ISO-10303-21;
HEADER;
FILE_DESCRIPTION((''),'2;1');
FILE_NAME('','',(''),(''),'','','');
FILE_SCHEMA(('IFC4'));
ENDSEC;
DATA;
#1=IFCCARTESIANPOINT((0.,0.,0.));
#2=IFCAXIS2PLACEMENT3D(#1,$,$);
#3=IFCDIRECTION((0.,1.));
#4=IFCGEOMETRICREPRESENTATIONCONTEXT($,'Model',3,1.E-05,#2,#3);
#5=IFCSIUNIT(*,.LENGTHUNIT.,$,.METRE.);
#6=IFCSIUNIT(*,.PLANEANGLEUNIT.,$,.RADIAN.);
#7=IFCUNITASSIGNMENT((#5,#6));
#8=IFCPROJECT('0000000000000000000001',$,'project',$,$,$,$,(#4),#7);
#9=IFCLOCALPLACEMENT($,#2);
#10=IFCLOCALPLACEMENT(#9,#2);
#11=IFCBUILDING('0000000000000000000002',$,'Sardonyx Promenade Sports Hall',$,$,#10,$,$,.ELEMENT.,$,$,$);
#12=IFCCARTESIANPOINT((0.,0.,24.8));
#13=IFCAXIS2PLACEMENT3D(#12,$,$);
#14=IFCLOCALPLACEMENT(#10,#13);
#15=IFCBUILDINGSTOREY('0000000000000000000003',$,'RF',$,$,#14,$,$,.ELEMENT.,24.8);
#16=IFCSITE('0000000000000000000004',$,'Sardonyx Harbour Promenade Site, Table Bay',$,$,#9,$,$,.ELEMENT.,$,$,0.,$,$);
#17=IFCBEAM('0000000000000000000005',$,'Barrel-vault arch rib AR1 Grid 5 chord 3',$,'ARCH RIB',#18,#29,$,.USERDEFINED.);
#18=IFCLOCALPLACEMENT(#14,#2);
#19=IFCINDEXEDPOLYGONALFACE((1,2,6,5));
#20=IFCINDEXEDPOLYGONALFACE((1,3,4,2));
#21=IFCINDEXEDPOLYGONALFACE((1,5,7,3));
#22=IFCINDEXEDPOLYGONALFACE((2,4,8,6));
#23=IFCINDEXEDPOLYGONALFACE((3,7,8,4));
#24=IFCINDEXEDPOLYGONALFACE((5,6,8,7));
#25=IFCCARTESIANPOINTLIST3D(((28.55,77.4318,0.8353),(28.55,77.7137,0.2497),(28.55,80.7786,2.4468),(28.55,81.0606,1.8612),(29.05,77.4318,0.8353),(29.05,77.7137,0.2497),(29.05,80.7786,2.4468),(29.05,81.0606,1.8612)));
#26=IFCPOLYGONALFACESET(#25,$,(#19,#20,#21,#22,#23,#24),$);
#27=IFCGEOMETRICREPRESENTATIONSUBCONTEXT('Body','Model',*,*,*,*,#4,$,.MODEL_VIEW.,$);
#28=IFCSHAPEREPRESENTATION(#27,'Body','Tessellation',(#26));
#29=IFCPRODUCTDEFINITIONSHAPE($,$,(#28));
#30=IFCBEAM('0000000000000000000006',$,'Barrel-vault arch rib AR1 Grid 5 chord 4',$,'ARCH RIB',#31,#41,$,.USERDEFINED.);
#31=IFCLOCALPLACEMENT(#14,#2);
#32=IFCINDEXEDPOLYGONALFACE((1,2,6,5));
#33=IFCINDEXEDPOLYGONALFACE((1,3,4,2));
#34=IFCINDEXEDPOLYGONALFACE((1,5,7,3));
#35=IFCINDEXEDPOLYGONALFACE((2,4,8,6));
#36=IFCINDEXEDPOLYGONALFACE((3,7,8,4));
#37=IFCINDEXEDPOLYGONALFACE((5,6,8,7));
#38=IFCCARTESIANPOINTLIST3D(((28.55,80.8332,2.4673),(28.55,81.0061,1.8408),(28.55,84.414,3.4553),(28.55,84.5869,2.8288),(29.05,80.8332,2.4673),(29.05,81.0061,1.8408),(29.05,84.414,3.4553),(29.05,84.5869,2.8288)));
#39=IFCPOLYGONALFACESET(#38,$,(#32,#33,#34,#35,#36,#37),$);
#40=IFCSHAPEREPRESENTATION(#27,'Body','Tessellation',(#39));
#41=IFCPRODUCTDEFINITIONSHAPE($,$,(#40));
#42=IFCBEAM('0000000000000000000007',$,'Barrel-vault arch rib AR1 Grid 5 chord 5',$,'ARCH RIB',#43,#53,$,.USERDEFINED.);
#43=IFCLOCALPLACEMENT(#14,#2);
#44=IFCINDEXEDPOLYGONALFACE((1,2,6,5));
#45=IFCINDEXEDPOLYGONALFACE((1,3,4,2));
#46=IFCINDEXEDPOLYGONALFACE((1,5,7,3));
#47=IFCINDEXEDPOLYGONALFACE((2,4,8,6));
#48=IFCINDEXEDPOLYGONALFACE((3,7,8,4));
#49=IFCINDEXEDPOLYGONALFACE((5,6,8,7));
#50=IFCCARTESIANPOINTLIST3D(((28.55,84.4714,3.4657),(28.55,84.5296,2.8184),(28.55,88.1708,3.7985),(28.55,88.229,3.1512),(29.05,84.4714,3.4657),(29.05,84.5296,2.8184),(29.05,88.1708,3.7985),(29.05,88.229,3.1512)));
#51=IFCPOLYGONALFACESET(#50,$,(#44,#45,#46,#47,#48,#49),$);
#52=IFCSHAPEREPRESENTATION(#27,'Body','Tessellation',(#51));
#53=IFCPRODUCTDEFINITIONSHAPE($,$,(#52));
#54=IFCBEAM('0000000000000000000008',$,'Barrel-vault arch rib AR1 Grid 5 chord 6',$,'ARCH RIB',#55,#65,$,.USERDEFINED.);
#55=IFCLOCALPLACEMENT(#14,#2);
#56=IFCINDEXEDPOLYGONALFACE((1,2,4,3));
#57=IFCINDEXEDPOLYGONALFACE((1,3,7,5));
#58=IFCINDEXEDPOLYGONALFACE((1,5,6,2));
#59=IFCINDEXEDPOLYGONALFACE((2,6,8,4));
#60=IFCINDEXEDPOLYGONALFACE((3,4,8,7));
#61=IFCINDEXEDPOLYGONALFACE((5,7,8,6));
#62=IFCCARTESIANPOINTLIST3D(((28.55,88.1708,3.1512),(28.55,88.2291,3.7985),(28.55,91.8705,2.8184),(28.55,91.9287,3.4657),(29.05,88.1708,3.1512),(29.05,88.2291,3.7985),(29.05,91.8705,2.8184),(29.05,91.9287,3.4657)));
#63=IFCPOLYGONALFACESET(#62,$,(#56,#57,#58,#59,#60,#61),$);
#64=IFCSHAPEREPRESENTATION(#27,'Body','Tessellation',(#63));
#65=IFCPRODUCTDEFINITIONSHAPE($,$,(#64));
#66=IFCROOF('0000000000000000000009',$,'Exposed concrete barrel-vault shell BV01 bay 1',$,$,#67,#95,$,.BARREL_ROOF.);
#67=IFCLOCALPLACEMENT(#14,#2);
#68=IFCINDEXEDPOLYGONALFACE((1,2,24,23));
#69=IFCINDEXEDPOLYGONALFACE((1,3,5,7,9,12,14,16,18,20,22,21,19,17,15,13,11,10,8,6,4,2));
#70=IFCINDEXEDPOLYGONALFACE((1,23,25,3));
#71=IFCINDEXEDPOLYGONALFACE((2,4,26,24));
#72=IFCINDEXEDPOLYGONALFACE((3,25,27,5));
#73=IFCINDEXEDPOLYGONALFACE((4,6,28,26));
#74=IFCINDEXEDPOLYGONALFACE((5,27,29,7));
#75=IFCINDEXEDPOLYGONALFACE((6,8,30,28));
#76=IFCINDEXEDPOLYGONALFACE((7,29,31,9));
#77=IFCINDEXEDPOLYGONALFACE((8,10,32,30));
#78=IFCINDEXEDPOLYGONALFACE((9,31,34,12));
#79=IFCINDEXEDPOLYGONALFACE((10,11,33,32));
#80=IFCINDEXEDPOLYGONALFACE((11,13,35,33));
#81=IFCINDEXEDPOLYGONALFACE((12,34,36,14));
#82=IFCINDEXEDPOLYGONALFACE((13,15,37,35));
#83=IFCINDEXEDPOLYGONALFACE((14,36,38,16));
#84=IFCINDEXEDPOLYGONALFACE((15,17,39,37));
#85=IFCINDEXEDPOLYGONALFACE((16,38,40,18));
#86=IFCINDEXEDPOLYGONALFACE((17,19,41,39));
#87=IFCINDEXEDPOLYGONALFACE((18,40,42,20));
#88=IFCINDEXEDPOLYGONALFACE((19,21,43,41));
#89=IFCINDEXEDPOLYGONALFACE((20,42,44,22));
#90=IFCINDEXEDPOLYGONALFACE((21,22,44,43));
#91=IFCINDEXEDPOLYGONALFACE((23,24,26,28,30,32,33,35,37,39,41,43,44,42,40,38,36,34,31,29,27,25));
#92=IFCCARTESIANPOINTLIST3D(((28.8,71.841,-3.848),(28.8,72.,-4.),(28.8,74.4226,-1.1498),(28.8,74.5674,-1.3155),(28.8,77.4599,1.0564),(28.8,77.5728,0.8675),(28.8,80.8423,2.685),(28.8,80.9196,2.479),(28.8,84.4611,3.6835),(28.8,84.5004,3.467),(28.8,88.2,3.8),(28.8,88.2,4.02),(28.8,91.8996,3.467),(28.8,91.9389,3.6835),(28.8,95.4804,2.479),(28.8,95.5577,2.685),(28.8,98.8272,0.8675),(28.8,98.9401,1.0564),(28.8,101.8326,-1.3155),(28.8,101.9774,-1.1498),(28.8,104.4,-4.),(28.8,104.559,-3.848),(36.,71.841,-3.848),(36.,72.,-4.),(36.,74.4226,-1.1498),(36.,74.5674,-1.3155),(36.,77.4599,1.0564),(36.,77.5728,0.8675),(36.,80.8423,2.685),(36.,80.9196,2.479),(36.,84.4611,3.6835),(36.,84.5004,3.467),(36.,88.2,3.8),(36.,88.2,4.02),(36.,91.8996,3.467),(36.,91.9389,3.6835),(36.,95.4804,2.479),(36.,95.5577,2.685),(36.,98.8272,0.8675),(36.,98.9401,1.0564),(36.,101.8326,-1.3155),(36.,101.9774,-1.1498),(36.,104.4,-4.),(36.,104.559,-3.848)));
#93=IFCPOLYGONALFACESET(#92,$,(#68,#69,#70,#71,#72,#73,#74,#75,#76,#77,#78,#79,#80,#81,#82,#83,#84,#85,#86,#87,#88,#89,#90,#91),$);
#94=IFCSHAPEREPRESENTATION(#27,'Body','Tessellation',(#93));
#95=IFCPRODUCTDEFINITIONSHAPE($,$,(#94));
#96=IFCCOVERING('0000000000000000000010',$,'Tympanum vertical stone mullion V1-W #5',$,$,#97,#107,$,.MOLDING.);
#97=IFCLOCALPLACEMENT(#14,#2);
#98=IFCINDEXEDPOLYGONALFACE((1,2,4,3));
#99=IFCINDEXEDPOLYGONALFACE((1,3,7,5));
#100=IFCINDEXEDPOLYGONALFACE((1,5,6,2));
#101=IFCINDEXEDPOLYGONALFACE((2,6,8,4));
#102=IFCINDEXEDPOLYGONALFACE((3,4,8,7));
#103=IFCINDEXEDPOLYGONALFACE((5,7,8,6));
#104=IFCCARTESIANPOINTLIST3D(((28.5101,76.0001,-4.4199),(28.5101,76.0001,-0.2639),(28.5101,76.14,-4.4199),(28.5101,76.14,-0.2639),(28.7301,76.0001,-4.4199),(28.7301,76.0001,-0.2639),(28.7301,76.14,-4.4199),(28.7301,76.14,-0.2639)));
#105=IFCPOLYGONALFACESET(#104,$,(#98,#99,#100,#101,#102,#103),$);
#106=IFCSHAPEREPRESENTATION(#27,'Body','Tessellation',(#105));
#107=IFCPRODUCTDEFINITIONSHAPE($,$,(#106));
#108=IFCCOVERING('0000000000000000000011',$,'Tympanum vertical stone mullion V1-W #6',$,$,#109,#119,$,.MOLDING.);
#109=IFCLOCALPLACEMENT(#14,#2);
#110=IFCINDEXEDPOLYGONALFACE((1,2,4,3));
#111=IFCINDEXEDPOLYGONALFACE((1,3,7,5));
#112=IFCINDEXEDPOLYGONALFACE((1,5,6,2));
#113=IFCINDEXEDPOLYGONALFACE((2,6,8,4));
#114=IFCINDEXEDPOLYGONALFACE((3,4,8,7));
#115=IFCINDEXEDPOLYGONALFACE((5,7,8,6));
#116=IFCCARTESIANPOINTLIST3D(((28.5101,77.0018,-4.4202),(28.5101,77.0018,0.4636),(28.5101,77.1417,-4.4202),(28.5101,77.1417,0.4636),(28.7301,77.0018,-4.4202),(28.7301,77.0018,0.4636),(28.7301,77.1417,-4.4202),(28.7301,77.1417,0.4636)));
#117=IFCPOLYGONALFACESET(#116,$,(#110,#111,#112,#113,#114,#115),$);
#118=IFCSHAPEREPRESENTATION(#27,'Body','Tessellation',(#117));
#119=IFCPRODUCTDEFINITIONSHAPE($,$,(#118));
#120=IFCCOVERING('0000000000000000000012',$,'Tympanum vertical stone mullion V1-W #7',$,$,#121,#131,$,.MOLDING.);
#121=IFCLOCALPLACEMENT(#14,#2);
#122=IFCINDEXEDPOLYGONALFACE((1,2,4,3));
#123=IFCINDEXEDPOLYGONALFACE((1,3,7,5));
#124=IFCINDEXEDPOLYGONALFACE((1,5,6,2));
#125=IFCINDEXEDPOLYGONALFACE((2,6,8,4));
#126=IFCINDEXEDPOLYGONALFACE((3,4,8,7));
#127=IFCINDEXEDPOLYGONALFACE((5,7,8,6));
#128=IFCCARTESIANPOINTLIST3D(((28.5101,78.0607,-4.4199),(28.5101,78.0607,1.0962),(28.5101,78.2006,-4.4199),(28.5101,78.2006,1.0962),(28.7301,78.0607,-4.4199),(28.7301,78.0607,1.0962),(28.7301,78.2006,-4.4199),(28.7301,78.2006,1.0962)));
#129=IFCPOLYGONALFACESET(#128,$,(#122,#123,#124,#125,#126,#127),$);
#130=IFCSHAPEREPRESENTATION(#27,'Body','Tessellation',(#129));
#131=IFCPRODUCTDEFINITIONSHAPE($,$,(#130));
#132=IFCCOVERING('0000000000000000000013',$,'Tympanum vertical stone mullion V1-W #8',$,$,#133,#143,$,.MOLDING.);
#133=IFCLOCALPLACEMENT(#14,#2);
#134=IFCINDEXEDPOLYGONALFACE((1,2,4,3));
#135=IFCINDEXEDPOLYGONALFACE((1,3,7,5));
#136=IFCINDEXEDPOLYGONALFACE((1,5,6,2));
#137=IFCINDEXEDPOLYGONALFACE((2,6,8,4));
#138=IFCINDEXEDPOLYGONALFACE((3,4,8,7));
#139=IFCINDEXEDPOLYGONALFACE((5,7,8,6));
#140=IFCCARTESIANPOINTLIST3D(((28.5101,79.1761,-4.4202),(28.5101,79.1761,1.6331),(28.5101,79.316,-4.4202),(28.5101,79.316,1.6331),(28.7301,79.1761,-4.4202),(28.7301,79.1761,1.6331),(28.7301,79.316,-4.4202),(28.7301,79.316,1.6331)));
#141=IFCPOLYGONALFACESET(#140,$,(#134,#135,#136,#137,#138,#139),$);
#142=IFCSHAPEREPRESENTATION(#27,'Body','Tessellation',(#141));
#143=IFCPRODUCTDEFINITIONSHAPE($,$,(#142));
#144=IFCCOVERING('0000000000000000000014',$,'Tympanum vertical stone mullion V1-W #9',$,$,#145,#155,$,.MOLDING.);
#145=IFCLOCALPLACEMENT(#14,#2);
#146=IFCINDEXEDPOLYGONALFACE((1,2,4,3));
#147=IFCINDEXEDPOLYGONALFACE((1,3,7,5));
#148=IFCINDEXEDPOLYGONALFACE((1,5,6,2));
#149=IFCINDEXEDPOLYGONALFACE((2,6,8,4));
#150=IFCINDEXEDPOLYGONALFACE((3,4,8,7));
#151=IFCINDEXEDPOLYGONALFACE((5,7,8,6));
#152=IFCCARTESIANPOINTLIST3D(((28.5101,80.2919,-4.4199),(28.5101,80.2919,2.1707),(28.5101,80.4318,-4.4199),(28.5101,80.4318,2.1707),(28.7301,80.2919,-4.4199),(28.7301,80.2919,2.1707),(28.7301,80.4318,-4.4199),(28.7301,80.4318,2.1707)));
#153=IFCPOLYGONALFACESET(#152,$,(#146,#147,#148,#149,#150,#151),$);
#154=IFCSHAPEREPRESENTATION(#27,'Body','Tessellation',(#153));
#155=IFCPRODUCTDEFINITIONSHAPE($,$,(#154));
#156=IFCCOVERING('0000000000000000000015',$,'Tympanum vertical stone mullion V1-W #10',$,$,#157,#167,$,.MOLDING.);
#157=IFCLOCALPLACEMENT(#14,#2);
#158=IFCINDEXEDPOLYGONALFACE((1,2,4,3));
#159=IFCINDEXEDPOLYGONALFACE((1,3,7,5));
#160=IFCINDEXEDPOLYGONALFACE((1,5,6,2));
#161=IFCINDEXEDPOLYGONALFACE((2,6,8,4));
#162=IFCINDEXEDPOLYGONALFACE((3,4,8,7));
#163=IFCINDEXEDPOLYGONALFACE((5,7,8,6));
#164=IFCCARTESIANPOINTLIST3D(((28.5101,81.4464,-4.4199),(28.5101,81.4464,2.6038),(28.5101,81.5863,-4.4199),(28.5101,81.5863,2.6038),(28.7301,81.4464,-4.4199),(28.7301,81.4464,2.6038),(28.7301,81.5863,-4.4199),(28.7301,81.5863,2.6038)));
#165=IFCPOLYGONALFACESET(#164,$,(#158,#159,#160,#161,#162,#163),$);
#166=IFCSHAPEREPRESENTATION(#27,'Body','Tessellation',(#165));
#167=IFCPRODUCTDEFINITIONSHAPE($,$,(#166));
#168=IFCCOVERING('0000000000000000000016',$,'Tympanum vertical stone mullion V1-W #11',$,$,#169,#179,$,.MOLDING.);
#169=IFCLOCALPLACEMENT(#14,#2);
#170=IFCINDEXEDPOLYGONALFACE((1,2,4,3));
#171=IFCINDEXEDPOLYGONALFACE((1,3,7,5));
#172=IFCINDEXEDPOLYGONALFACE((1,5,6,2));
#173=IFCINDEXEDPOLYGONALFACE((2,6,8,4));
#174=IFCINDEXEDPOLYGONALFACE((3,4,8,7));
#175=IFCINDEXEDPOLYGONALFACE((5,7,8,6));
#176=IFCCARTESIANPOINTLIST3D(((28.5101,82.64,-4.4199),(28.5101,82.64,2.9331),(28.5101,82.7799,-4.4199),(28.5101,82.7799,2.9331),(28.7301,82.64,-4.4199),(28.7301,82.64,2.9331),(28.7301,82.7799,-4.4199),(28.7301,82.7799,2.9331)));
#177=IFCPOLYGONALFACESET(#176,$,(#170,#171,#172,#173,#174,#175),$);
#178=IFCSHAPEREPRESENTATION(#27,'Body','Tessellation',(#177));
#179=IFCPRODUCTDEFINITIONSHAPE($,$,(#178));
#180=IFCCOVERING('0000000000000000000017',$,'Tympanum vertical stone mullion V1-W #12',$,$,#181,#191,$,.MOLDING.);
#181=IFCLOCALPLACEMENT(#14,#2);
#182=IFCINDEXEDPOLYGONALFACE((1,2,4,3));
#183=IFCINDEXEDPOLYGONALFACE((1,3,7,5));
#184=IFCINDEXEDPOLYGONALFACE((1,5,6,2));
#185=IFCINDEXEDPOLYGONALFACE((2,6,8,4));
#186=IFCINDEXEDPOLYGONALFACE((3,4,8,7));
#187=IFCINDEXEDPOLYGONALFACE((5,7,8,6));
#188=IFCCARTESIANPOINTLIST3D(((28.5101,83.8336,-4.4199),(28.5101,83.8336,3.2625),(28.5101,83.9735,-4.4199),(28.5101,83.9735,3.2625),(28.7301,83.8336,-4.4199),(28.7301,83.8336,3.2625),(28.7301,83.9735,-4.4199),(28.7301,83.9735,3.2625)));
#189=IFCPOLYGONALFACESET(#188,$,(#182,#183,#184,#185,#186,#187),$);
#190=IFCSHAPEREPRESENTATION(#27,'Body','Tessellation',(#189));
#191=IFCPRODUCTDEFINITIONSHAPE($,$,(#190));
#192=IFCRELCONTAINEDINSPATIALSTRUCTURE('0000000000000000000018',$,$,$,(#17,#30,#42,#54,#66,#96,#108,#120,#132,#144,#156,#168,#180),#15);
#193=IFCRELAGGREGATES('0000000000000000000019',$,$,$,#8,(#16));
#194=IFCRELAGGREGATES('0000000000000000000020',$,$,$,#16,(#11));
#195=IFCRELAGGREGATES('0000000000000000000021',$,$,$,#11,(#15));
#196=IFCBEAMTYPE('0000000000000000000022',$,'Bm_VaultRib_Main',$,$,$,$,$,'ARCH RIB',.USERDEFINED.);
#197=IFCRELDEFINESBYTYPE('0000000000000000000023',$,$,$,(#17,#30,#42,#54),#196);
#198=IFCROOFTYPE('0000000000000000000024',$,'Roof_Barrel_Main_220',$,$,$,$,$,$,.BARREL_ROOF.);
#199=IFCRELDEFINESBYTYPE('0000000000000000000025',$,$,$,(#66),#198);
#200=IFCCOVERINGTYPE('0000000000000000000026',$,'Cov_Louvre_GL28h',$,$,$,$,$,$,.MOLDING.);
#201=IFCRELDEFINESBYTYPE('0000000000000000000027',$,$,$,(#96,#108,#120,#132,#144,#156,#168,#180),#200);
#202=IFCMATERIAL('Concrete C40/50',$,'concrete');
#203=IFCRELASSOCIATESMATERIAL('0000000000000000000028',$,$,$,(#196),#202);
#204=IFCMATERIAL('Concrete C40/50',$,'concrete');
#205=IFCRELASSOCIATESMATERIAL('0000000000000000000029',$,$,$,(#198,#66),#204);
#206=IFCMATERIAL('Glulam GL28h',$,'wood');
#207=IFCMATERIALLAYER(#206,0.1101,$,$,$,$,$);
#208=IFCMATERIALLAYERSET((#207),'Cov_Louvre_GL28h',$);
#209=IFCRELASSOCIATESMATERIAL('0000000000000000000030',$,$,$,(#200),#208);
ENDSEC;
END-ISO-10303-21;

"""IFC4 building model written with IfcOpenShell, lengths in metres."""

from ifc_helpers import new_model, si_unit, direction, frame, origin, origin_2d, place, context, subcontext, project, spatial, polyline, rectangle, outline, extrude, material, layer, layer_set, material_profile, profile_set, type_object, element, save


model = new_model("IFC4")

# Units and contexts
model_context = context("Model", 3, precision=1e-05, world=origin(), true_north=direction((0.0, 1.0)))
body_context = subcontext(model_context, "Body", "Model", "MODEL_VIEW")
ifc_project = project(units=[si_unit("LENGTHUNIT", "METRE"), si_unit("PLANEANGLEUNIT", "RADIAN")], contexts=[model_context])

# Site, building, storey
site_placement = place(None, origin())
site = spatial("IfcSite", under=ifc_project, at=site_placement, Name="Sardonyx Harbour Promenade Site, Table Bay", CompositionType="ELEMENT", RefElevation=0.0)
building_placement = place(site_placement, origin())
building = spatial("IfcBuilding", under=site, at=building_placement, Name="Sardonyx Promenade Sports Hall", CompositionType="ELEMENT")
storey_placement = place(building_placement, frame((0.0, 0.0, 24.8)))
storey = spatial("IfcBuildingStorey", under=building, at=storey_placement, Name="RF", CompositionType="ELEMENT", Elevation=24.8)

# Beams
ifc_material_1 = material(Name="Concrete C40/50", Category="concrete")
ifc_material_profile = material_profile(ifc_material_1, rectangle(XDim=0.5, YDim=0.6499, at=origin_2d()))
ifc_profile_set = profile_set([ifc_material_profile], Name="Concrete C40/50")
beam_type = type_object("IfcBeamType", Name="Bm_VaultRib_Main", ElementType="ARCH RIB", PredefinedType="USERDEFINED", material=ifc_profile_set)
for number, where, z_axis, x_axis, name in (
    (1, (28.8, 77.5728, 0.5425), (0.0, 0.900992, 0.433835), (-1.0, 0.0, 0.0), "Barrel-vault arch rib AR1 Grid 5 chord 3"),
    (2, (28.8, 80.9197, 2.1541), (0.0, 0.963977, 0.265986), (-1.0, 0.0, 0.0), "Barrel-vault arch rib AR1 Grid 5 chord 4"),
):
    element("IfcBeam", number, at=place(storey_placement, frame(where, z_axis=z_axis, x_axis=x_axis)), inside=storey, type_object=beam_type, Name=name, ObjectType="ARCH RIB", PredefinedType="USERDEFINED", context=body_context, shape_type="SweptSolid", body=[
        extrude(rectangle(XDim=0.5, YDim=0.6499, at=origin_2d()), origin(), (0.0, 0.0, 1.0), 3.7146),
    ])
beam_1_placement = place(storey_placement, frame((28.8, 84.5005, 3.1421), z_axis=(0.0, 0.995979, 0.089587), x_axis=(-1.0, 0.0, 0.0)))
element("IfcBeam", 3, at=beam_1_placement, inside=storey, type_object=beam_type, Name="Barrel-vault arch rib AR1 Grid 5 chord 5", ObjectType="ARCH RIB", PredefinedType="USERDEFINED", context=body_context, shape_type="SweptSolid", body=[
    extrude(rectangle(XDim=0.5, YDim=0.6499, at=origin_2d()), origin(), (0.0, 0.0, 1.0), 3.7144),
])
beam_2_placement = place(storey_placement, frame((28.8, 88.2, 3.4749), z_axis=(0.0, 0.995979, -0.089582), x_axis=(-1.0, 0.0, 0.0)))
element("IfcBeam", 4, at=beam_2_placement, inside=storey, type_object=beam_type, Name="Barrel-vault arch rib AR1 Grid 5 chord 6", ObjectType="ARCH RIB", PredefinedType="USERDEFINED", context=body_context, shape_type="SweptSolid", body=[
    extrude(rectangle(XDim=0.5, YDim=0.6499, at=origin_2d()), origin(), (0.0, 0.0, 1.0), 3.7146),
])

# Roof
ifc_material_2 = material(Name="Concrete C40/50", Category="concrete")
roof_type = type_object("IfcRoofType", Name="Roof_Barrel_Main_220", PredefinedType="BARREL_ROOF", material=ifc_material_2)
roof_placement = place(storey_placement, frame((28.8, 88.2, -4.0), z_axis=(1.0, 0.0, 0.0), x_axis=(0.0, 1.0, 0.0)))
element("IfcRoof", 5, at=roof_placement, inside=storey, type_object=roof_type, material=ifc_material_2, Name="Exposed concrete barrel-vault shell BV01 bay 1", PredefinedType="BARREL_ROOF", context=body_context, shape_type="SweptSolid", body=[
    extrude(outline(polyline([(-16.2, 0.0), (-13.6326, 2.6845), (-10.6272, 4.8676), (-7.2804, 6.479), (-3.6996, 7.4671), (0.0, 7.8), (3.6996, 7.4671), (7.2804, 6.479), (10.6272, 4.8676), (13.6326, 2.6845), (16.2, 0.0), (16.359, 0.1521), (13.7774, 2.8502), (10.7401, 5.0565), (7.3577, 6.685), (3.7389, 7.6836), (0.0, 8.02), (-3.7389, 7.6836), (-7.3577, 6.685), (-10.7401, 5.0565), (-13.7774, 2.8502), (-16.359, 0.1521), (-16.2, 0.0)])), origin(), (0.0, 0.0, 1.0), 7.2),
])

# Coverings
ifc_material_3 = material(Name="Glulam GL28h", Category="wood")
ifc_layer_1 = layer(ifc_material_3, 0.1101)
ifc_layer_set_1 = layer_set([ifc_layer_1], Name="Cov_Louvre_GL28h")
covering_type_1 = type_object("IfcCoveringType", Name="Cov_Louvre_GL28h", PredefinedType="MOLDING", material=ifc_layer_set_1)
covering_1_placement = place(storey_placement, frame((28.6201, 76.0701, -4.4199), z_axis=(0.0, 0.0, 1.0), x_axis=(1.0, 0.0, 0.0)))
element("IfcCovering", 6, at=covering_1_placement, inside=storey, type_object=covering_type_1, Name="Tympanum vertical stone mullion V1-W #5", PredefinedType="MOLDING", context=body_context, shape_type="SweptSolid", body=[
    extrude(rectangle(XDim=0.22, YDim=0.1399, at=origin_2d()), origin(), (0.0, 0.0, 1.0), 4.156),
])
covering_2_placement = place(storey_placement, frame((28.6201, 77.0718, -4.4202), z_axis=(0.0, 0.0, 1.0), x_axis=(1.0, 0.0, 0.0)))
element("IfcCovering", 7, at=covering_2_placement, inside=storey, type_object=covering_type_1, Name="Tympanum vertical stone mullion V1-W #6", PredefinedType="MOLDING", context=body_context, shape_type="SweptSolid", body=[
    extrude(rectangle(XDim=0.22, YDim=0.1399, at=origin_2d()), origin(), (0.0, 0.0, 1.0), 4.8838),
])
covering_3_placement = place(storey_placement, frame((28.6201, 78.1306, -4.4199), z_axis=(0.0, 0.0, 1.0), x_axis=(1.0, 0.0, 0.0)))
element("IfcCovering", 8, at=covering_3_placement, inside=storey, type_object=covering_type_1, Name="Tympanum vertical stone mullion V1-W #7", PredefinedType="MOLDING", context=body_context, shape_type="SweptSolid", body=[
    extrude(rectangle(XDim=0.22, YDim=0.1399, at=origin_2d()), origin(), (0.0, 0.0, 1.0), 5.5161),
])
covering_4_placement = place(storey_placement, frame((28.6201, 79.2461, -4.4202), z_axis=(0.0, 0.0, 1.0), x_axis=(1.0, 0.0, 0.0)))
element("IfcCovering", 9, at=covering_4_placement, inside=storey, type_object=covering_type_1, Name="Tympanum vertical stone mullion V1-W #8", PredefinedType="MOLDING", context=body_context, shape_type="SweptSolid", body=[
    extrude(rectangle(XDim=0.22, YDim=0.1399, at=origin_2d()), origin(), (0.0, 0.0, 1.0), 6.0532),
])
covering_5_placement = place(storey_placement, frame((28.6201, 80.3618, -4.4199), z_axis=(0.0, 0.0, 1.0), x_axis=(1.0, 0.0, 0.0)))
element("IfcCovering", 10, at=covering_5_placement, inside=storey, type_object=covering_type_1, Name="Tympanum vertical stone mullion V1-W #9", PredefinedType="MOLDING", context=body_context, shape_type="SweptSolid", body=[
    extrude(rectangle(XDim=0.22, YDim=0.1399, at=origin_2d()), origin(), (0.0, 0.0, 1.0), 6.5906),
])
covering_6_placement = place(storey_placement, frame((28.6201, 81.5164, -4.4199), z_axis=(0.0, 0.0, 1.0), x_axis=(1.0, 0.0, 0.0)))
element("IfcCovering", 11, at=covering_6_placement, inside=storey, type_object=covering_type_1, Name="Tympanum vertical stone mullion V1-W #10", PredefinedType="MOLDING", context=body_context, shape_type="SweptSolid", body=[
    extrude(rectangle(XDim=0.22, YDim=0.1399, at=origin_2d()), origin(), (0.0, 0.0, 1.0), 7.0237),
])
covering_7_placement = place(storey_placement, frame((28.6201, 82.71, -4.4199), z_axis=(0.0, 0.0, 1.0), x_axis=(1.0, 0.0, 0.0)))
element("IfcCovering", 12, at=covering_7_placement, inside=storey, type_object=covering_type_1, Name="Tympanum vertical stone mullion V1-W #11", PredefinedType="MOLDING", context=body_context, shape_type="SweptSolid", body=[
    extrude(rectangle(XDim=0.22, YDim=0.1399, at=origin_2d()), origin(), (0.0, 0.0, 1.0), 7.353),
])
covering_8_placement = place(storey_placement, frame((28.6201, 83.9036, -4.4199), z_axis=(0.0, 0.0, 1.0), x_axis=(1.0, 0.0, 0.0)))
element("IfcCovering", 13, at=covering_8_placement, inside=storey, type_object=covering_type_1, Name="Tympanum vertical stone mullion V1-W #12", PredefinedType="MOLDING", context=body_context, shape_type="SweptSolid", body=[
    extrude(rectangle(XDim=0.22, YDim=0.1399, at=origin_2d()), origin(), (0.0, 0.0, 1.0), 7.6824),
])

save(model, "model.ifc")
